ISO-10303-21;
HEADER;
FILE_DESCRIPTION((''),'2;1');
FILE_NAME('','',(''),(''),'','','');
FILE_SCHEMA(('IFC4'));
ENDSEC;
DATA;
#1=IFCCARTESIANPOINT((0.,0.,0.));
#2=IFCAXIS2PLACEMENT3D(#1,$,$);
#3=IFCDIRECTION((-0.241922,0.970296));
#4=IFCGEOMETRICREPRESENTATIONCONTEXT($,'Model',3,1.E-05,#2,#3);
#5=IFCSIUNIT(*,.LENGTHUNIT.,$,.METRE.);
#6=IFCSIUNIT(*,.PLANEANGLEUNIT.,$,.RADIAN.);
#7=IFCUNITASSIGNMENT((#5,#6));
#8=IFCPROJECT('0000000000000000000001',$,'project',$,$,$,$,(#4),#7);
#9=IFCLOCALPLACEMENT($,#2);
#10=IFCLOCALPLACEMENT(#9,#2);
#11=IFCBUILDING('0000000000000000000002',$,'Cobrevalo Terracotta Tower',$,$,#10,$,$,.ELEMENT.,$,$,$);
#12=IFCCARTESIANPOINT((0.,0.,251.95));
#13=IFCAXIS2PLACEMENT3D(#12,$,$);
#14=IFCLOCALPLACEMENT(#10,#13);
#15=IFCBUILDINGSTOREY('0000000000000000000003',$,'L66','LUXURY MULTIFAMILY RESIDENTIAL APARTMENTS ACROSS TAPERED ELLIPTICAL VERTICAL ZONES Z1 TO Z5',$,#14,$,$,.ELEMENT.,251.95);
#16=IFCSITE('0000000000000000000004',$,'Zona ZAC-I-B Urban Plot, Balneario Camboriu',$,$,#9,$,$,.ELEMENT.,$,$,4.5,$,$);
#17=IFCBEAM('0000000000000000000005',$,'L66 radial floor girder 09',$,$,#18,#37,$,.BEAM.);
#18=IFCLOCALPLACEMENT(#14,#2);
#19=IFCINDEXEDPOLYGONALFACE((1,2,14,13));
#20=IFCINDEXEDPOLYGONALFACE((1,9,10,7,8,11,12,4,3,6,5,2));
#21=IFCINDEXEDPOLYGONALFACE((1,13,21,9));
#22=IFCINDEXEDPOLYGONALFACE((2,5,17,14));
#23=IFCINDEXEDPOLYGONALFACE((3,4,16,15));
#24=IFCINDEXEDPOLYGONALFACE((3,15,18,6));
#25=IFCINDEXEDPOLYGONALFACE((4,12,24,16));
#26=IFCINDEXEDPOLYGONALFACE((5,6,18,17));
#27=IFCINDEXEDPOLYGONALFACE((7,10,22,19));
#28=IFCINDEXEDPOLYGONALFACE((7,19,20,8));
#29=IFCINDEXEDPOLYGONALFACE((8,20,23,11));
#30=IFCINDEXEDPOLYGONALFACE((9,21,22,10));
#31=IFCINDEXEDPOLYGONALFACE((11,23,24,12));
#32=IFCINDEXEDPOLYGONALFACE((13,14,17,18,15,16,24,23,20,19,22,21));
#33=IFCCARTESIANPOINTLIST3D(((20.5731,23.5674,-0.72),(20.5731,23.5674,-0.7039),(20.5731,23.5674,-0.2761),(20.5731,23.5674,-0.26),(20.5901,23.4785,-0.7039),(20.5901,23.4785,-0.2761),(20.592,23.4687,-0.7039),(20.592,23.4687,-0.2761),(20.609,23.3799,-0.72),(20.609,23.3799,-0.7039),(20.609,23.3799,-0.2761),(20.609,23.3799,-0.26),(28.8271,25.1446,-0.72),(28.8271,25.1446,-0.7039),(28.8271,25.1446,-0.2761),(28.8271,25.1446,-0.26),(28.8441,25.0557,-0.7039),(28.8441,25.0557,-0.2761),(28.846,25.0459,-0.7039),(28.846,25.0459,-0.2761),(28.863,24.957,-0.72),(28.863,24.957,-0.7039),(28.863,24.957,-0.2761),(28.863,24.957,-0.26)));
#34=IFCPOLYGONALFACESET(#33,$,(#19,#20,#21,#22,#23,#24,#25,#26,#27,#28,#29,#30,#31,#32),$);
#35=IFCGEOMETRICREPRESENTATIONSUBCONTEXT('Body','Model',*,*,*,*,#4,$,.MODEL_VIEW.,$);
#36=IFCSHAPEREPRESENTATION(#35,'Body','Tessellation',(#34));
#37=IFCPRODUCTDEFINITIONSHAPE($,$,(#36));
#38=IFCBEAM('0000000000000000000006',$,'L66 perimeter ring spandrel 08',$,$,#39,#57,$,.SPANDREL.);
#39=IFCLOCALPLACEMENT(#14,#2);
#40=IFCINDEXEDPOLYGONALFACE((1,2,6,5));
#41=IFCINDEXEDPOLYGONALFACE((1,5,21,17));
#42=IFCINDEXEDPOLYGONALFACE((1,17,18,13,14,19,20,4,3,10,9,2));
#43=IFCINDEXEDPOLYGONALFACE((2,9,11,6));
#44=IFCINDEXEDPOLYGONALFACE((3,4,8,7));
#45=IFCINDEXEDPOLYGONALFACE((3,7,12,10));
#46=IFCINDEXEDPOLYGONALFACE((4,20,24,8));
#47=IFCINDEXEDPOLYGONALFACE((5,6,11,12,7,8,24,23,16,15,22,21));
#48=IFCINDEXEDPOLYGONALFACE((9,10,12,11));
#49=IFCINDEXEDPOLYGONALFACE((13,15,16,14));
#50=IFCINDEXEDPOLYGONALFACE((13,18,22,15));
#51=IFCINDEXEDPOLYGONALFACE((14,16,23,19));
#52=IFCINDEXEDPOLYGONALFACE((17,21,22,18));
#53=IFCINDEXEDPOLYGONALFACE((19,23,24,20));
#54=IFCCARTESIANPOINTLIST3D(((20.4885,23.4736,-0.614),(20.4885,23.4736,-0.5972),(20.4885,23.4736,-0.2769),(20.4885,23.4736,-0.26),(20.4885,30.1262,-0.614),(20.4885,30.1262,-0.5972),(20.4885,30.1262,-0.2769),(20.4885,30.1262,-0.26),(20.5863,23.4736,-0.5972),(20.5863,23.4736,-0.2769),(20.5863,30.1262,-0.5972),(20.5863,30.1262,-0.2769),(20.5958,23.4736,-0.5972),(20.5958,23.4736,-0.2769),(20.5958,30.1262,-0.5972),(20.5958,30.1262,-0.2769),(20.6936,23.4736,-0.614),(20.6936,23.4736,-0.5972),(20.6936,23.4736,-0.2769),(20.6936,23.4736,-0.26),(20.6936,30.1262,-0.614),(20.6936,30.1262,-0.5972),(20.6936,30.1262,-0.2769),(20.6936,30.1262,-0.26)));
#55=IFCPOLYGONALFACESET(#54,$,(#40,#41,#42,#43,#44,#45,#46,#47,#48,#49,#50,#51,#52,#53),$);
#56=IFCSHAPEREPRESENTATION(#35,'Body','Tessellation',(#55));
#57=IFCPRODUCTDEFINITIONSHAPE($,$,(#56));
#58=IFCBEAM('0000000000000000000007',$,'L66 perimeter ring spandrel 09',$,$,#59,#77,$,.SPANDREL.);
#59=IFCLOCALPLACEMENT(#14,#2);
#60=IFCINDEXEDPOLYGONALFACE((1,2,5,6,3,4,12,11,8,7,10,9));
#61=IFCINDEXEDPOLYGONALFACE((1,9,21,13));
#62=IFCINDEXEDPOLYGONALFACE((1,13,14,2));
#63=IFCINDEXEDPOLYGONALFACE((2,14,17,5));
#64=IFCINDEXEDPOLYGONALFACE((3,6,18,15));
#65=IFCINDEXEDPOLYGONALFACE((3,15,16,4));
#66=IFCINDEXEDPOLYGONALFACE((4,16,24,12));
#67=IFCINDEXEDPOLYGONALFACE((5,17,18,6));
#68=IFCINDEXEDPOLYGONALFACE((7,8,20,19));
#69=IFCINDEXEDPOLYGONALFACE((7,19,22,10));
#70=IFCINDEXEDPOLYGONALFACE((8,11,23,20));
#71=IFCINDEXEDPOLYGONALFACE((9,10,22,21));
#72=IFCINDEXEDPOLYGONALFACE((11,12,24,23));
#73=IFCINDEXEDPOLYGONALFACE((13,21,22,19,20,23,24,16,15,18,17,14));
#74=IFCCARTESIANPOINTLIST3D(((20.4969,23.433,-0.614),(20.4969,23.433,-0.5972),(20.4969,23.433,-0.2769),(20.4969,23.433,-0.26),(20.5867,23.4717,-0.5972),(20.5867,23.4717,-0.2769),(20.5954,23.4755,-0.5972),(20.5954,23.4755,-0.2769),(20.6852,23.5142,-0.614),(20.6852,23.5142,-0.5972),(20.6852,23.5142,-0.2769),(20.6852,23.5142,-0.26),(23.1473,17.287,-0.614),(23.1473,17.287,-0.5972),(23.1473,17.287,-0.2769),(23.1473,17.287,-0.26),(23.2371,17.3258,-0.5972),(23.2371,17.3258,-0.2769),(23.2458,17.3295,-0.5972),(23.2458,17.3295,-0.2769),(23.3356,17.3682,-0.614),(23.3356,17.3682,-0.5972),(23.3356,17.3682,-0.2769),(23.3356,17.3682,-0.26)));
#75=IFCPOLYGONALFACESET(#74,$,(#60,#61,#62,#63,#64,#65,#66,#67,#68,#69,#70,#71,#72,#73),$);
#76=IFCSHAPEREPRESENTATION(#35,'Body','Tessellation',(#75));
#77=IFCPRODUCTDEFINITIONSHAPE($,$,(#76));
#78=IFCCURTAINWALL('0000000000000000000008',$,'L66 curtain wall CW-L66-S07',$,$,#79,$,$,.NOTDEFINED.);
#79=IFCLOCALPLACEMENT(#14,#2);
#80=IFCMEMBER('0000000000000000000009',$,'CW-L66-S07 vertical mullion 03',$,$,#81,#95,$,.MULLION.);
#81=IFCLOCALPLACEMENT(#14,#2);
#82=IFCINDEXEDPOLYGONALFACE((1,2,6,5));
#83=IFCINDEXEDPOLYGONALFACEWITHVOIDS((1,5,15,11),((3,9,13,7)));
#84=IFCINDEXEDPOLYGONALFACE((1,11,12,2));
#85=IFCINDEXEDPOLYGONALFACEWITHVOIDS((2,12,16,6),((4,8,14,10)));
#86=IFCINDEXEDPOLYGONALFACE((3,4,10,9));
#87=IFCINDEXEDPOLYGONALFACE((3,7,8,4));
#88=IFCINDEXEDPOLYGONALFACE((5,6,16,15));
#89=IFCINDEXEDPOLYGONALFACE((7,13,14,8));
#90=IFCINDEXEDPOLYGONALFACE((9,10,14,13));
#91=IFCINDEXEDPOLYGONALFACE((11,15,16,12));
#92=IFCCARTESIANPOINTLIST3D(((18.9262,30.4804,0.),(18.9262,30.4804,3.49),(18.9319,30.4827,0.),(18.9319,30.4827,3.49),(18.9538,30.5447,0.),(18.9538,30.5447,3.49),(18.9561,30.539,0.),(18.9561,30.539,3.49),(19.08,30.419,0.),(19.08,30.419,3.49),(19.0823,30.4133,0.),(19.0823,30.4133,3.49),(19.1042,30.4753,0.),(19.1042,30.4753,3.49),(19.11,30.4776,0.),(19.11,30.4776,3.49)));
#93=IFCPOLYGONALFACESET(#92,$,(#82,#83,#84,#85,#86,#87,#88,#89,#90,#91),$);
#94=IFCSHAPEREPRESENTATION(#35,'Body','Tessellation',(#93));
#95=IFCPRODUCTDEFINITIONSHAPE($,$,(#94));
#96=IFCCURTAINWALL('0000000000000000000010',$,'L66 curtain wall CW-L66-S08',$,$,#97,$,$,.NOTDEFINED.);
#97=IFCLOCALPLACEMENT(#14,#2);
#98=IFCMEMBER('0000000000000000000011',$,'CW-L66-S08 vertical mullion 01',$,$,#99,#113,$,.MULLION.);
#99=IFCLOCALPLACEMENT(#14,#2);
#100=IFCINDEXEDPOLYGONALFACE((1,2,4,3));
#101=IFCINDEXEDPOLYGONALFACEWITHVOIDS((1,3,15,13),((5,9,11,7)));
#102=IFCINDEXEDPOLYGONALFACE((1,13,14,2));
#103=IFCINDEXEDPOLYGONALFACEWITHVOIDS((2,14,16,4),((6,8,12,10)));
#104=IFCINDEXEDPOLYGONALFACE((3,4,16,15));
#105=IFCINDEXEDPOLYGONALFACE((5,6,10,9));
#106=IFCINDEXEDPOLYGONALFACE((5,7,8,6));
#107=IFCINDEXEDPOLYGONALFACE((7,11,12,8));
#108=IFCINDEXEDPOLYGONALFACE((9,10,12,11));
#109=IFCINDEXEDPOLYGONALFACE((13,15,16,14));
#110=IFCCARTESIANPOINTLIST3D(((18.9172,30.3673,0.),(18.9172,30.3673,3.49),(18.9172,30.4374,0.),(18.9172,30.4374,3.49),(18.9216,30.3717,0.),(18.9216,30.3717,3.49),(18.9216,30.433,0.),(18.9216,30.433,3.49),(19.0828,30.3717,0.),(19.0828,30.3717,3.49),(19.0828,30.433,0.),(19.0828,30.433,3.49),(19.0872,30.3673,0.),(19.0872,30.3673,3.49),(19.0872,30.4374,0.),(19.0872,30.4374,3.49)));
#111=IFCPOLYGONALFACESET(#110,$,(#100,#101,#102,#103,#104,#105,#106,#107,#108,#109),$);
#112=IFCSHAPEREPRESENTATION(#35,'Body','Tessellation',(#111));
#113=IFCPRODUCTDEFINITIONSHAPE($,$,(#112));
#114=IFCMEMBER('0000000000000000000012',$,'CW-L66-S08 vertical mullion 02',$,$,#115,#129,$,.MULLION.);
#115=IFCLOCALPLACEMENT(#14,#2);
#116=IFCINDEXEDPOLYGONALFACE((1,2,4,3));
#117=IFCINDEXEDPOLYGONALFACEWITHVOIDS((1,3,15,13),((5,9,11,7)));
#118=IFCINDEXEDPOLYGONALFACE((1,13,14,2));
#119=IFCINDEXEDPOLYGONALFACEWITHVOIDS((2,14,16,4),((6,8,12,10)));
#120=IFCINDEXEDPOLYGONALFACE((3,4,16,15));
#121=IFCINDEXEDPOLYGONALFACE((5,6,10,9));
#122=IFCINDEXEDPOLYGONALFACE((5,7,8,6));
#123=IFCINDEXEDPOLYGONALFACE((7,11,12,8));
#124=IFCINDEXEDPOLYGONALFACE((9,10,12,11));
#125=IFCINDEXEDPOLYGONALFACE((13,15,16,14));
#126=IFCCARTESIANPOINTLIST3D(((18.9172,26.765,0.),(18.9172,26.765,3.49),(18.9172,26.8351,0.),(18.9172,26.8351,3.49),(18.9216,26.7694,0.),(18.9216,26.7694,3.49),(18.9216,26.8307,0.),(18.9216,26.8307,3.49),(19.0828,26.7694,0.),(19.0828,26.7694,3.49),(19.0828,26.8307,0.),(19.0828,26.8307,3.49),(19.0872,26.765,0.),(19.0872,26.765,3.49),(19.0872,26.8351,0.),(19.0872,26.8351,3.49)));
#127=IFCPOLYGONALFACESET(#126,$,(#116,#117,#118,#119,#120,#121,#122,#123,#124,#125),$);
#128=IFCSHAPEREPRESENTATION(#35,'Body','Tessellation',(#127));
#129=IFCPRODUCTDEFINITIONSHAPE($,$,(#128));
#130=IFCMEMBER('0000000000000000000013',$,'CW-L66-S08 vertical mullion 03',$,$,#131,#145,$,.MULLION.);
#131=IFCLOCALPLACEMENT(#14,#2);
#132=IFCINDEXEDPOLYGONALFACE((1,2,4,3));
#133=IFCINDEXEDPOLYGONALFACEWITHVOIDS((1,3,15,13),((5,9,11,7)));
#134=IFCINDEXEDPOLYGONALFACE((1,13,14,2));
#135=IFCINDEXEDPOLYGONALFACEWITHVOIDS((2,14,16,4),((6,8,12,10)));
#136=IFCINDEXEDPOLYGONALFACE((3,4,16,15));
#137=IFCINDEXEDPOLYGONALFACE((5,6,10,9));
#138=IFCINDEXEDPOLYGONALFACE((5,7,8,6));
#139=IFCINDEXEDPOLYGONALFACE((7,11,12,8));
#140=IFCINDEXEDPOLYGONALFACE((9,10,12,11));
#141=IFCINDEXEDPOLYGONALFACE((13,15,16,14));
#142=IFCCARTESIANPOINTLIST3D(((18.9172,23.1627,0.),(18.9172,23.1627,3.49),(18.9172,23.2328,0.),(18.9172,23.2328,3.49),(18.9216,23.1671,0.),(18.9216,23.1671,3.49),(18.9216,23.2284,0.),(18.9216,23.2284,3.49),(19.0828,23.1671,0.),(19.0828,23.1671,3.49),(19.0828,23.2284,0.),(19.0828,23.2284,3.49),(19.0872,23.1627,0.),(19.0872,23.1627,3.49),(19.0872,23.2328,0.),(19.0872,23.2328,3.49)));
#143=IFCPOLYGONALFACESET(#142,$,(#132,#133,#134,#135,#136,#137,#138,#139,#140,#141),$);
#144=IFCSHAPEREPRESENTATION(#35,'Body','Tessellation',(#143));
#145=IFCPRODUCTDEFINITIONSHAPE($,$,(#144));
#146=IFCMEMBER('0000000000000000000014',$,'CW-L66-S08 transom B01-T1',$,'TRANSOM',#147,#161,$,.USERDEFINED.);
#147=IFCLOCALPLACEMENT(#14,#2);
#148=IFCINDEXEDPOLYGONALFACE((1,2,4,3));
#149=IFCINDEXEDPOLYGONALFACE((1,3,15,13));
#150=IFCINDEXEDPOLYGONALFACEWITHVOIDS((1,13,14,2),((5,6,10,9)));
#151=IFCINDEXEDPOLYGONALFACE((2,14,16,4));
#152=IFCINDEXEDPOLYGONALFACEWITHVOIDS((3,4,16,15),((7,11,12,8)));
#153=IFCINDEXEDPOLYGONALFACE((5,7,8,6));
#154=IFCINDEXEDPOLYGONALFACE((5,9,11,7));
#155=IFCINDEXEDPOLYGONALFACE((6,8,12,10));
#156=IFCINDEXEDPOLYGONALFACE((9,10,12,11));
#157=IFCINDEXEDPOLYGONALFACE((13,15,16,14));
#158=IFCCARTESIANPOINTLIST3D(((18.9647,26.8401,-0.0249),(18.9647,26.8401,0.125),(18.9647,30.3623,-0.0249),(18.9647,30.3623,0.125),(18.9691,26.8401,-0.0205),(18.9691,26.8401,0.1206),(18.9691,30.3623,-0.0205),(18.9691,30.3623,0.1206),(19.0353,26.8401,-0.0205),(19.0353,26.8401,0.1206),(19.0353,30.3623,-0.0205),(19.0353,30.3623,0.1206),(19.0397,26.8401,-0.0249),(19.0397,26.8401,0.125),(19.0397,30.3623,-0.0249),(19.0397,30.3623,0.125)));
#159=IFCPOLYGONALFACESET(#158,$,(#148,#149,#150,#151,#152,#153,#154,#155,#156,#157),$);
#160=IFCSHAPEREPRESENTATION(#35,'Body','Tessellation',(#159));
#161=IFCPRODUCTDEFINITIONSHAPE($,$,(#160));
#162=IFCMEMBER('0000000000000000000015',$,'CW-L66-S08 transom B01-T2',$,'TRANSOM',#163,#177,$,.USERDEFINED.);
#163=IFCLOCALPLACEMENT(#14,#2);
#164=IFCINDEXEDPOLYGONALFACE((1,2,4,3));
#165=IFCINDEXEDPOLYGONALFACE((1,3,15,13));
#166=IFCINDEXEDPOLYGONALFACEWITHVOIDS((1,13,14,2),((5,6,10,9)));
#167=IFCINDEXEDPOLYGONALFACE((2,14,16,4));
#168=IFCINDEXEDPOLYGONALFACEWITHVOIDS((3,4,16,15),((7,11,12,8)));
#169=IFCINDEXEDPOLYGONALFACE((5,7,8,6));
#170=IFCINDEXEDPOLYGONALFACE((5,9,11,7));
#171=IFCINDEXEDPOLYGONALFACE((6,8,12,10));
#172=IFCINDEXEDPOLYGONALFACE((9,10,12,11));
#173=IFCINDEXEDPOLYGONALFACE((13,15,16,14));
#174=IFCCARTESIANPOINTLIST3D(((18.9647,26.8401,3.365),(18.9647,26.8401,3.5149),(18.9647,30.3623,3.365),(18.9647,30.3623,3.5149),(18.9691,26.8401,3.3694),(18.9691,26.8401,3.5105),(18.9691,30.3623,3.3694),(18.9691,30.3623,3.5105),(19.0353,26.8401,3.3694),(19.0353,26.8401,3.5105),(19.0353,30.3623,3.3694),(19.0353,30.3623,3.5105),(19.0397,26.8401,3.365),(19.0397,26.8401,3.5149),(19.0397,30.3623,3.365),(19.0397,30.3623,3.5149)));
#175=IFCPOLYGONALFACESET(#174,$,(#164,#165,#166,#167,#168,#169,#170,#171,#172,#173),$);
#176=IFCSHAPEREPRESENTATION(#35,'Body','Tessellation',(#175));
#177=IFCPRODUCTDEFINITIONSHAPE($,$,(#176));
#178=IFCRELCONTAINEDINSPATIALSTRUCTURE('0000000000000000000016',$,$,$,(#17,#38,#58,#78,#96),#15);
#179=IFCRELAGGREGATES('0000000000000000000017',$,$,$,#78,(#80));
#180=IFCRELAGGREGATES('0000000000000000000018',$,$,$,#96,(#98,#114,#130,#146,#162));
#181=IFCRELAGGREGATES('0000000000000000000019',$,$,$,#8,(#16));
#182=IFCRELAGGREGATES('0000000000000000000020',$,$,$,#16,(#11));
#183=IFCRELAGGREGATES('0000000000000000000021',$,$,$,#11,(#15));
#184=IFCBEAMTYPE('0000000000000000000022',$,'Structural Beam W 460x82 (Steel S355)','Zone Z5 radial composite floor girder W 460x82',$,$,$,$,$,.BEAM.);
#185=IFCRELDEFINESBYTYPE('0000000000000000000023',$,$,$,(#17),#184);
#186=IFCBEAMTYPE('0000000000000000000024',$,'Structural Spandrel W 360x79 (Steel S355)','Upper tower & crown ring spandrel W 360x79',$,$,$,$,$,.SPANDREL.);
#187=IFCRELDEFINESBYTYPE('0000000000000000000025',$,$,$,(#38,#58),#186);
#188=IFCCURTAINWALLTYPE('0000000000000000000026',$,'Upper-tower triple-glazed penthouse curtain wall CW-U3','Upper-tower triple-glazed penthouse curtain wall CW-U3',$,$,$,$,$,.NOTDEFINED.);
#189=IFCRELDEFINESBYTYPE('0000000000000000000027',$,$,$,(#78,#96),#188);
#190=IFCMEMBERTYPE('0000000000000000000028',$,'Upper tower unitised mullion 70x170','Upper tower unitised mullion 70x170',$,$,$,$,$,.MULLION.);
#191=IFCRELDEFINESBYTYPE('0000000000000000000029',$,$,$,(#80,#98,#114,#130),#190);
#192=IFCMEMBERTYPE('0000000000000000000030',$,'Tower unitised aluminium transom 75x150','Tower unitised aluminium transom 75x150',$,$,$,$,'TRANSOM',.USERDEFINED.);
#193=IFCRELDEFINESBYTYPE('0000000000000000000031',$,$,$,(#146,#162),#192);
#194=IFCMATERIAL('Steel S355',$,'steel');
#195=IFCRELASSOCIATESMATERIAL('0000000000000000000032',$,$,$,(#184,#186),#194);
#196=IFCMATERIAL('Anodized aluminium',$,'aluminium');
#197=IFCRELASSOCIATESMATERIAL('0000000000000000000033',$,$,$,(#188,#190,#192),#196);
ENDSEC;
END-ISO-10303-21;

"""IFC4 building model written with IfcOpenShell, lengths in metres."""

from ifc_helpers import new_model, si_unit, direction, frame, origin, origin_2d, place, context, subcontext, project, spatial, hollow_rectangle, i_section, extrude, source, transform, mapped, material, material_profile, profile_set, type_object, element, aggregate, save


model = new_model("IFC4")

# Units and contexts
model_context = context("Model", 3, precision=1e-05, world=origin(), true_north=direction((-0.241922, 0.970296)))
body_context = subcontext(model_context, "Body", "Model", "MODEL_VIEW")
ifc_project = project(units=[si_unit("LENGTHUNIT", "METRE"), si_unit("PLANEANGLEUNIT", "RADIAN")], contexts=[model_context])

# Site, building, storey
site_placement = place(None, origin())
site = spatial("IfcSite", under=ifc_project, at=site_placement, Name="Zona ZAC-I-B Urban Plot, Balneario Camboriu", CompositionType="ELEMENT", RefElevation=4.5)
building_placement = place(site_placement, origin())
building = spatial("IfcBuilding", under=site, at=building_placement, Name="Cobrevalo Terracotta Tower", CompositionType="ELEMENT")
storey_placement = place(building_placement, frame((0.0, 0.0, 251.95)))
storey = spatial("IfcBuildingStorey", under=building, at=storey_placement, Name="L66", Description="LUXURY MULTIFAMILY RESIDENTIAL APARTMENTS ACROSS TAPERED ELLIPTICAL VERTICAL ZONES Z1 TO Z5", CompositionType="ELEMENT", Elevation=251.95)

# Shared definitions
ifc_material_1 = material(Name="Steel S355", Category="steel")

# Beams
ifc_material_profile_1 = material_profile(ifc_material_1, i_section(OverallWidth=0.1909, OverallDepth=0.46, WebThickness=0.01, FlangeThickness=0.0161, at=origin_2d()), Name="W 460x82")
ifc_profile_set_1 = profile_set([ifc_material_profile_1], Name="Steel S355")
beam_type_1 = type_object("IfcBeamType", Name="Structural Beam W 460x82 (Steel S355)", Description="Zone Z5 radial composite floor girder W 460x82", PredefinedType="BEAM", material=ifc_profile_set_1)
beam_1_placement = place(storey_placement, frame((20.5911, 23.4736, -0.49), z_axis=(0.98223, 0.187683, 0.0), x_axis=(-0.187683, 0.98223, 0.0)))
element("IfcBeam", 1, at=beam_1_placement, inside=storey, type_object=beam_type_1, Name="L66 radial floor girder 09", PredefinedType="BEAM", context=body_context, shape_type="SweptSolid", body=[
    extrude(i_section(OverallWidth=0.1909, OverallDepth=0.46, WebThickness=0.01, FlangeThickness=0.0161, at=origin_2d()), origin(), (0.0, 0.0, 1.0), 8.4033),
])
ifc_material_profile_2 = material_profile(ifc_material_1, i_section(OverallWidth=0.2051, OverallDepth=0.354, WebThickness=0.0095, FlangeThickness=0.0168, at=origin_2d()), Name="W 360x79")
ifc_profile_set_2 = profile_set([ifc_material_profile_2], Name="Steel S355")
beam_type_2 = type_object("IfcBeamType", Name="Structural Spandrel W 360x79 (Steel S355)", Description="Upper tower & crown ring spandrel W 360x79", PredefinedType="SPANDREL", material=ifc_profile_set_2)
beam_2_placement = place(storey_placement, frame((20.5911, 30.1262, -0.437), z_axis=(0.0, -1.0, 0.0), x_axis=(1.0, 0.0, 0.0)))
element("IfcBeam", 2, at=beam_2_placement, inside=storey, type_object=beam_type_2, Name="L66 perimeter ring spandrel 08", PredefinedType="SPANDREL", context=body_context, shape_type="SweptSolid", body=[
    extrude(i_section(OverallWidth=0.2051, OverallDepth=0.354, WebThickness=0.0095, FlangeThickness=0.0168, at=origin_2d()), origin(), (0.0, 0.0, 1.0), 6.6526),
])
beam_3_placement = place(storey_placement, frame((20.5911, 23.4736, -0.437), z_axis=(0.395987, -0.918256, 0.0), x_axis=(0.918256, 0.395987, 0.0)))
element("IfcBeam", 3, at=beam_3_placement, inside=storey, type_object=beam_type_2, Name="L66 perimeter ring spandrel 09", PredefinedType="SPANDREL", context=body_context, shape_type="SweptSolid", body=[
    extrude(i_section(OverallWidth=0.2051, OverallDepth=0.354, WebThickness=0.0095, FlangeThickness=0.0168, at=origin_2d()), origin(), (0.0, 0.0, 1.0), 6.6931),
])

# Curtain wall, member
ifc_material_2 = material(Name="Anodized aluminium", Category="aluminium")
curtain_wall_type = type_object("IfcCurtainWallType", Name="Upper-tower triple-glazed penthouse curtain wall CW-U3", Description="Upper-tower triple-glazed penthouse curtain wall CW-U3", PredefinedType="NOTDEFINED", material=ifc_material_2)
curtain_wall_1_placement = place(storey_placement, origin())
curtain_wall_1 = element("IfcCurtainWall", 4, at=curtain_wall_1_placement, inside=storey, type_object=curtain_wall_type, Name="L66 curtain wall CW-L66-S07", PredefinedType="NOTDEFINED")
ifc_material_profile_3 = material_profile(ifc_material_2, hollow_rectangle(XDim=0.0701, YDim=0.1699, WallThickness=0.0044, at=origin_2d()), Name="CWM 70x170")
ifc_profile_set_3 = profile_set([ifc_material_profile_3], Name="Anodized aluminium")
member_type_1 = type_object("IfcMemberType", Name="Upper tower unitised mullion 70x170", Description="Upper tower unitised mullion 70x170", PredefinedType="MULLION", material=ifc_profile_set_3)
shared_shape_1 = source(origin(), body_context, "Body", "SweptSolid", [
    extrude(hollow_rectangle(XDim=0.0701, YDim=0.1699, WallThickness=0.0044, at=origin_2d()), origin(), (0.0, 0.0, 1.0), 3.49),
])
member_1_placement = place(storey_placement, frame((19.0181, 30.479, 0.0), z_axis=(0.0, 0.0, 1.0), x_axis=(-0.394824, -0.918757, 0.0)))
member_1 = element("IfcMember", 5, at=member_1_placement, type_object=member_type_1, Name="CW-L66-S07 vertical mullion 03", PredefinedType="MULLION", context=body_context, shape_type="MappedRepresentation", body=[
    mapped(shared_shape_1, transform((0.0, 0.0, 0.0), scale=1.0)),
])
aggregate(curtain_wall_1, [member_1])

# Curtain wall, members
curtain_wall_2_placement = place(storey_placement, origin())
curtain_wall_2 = element("IfcCurtainWall", 6, at=curtain_wall_2_placement, inside=storey, type_object=curtain_wall_type, Name="L66 curtain wall CW-L66-S08", PredefinedType="NOTDEFINED")
member_2_placement = place(storey_placement, frame((19.0022, 30.4023, 0.0), z_axis=(0.0, 0.0, 1.0), x_axis=(0.0, -1.0, 0.0)))
member_2 = element("IfcMember", 7, at=member_2_placement, type_object=member_type_1, Name="CW-L66-S08 vertical mullion 01", PredefinedType="MULLION", context=body_context, shape_type="MappedRepresentation", body=[
    mapped(shared_shape_1, transform((0.0, 0.0, 0.0), scale=1.0)),
])
member_3_placement = place(storey_placement, frame((19.0022, 26.8, 0.0), z_axis=(0.0, 0.0, 1.0), x_axis=(0.0, -1.0, 0.0)))
member_3 = element("IfcMember", 8, at=member_3_placement, type_object=member_type_1, Name="CW-L66-S08 vertical mullion 02", PredefinedType="MULLION", context=body_context, shape_type="MappedRepresentation", body=[
    mapped(shared_shape_1, transform((0.0, 0.0, 0.0), scale=1.0)),
])
member_4_placement = place(storey_placement, frame((19.0022, 23.1978, 0.0), z_axis=(0.0, 0.0, 1.0), x_axis=(0.0, -1.0, 0.0)))
member_4 = element("IfcMember", 9, at=member_4_placement, type_object=member_type_1, Name="CW-L66-S08 vertical mullion 03", PredefinedType="MULLION", context=body_context, shape_type="MappedRepresentation", body=[
    mapped(shared_shape_1, transform((0.0, 0.0, 0.0), scale=1.0)),
])
ifc_material_profile_4 = material_profile(ifc_material_2, hollow_rectangle(XDim=0.075, YDim=0.1499, WallThickness=0.0044, at=origin_2d()), Name="CWT 75x150")
ifc_profile_set_4 = profile_set([ifc_material_profile_4], Name="Anodized aluminium")
member_type_2 = type_object("IfcMemberType", Name="Tower unitised aluminium transom 75x150", Description="Tower unitised aluminium transom 75x150", ElementType="TRANSOM", PredefinedType="USERDEFINED", material=ifc_profile_set_4)
shared_shape_2 = source(origin(), body_context, "Body", "SweptSolid", [
    extrude(hollow_rectangle(XDim=0.075, YDim=0.1499, WallThickness=0.0044, at=origin_2d()), origin(), (0.0, 0.0, 1.0), 3.5222),
])
member_5_placement = place(storey_placement, frame((19.0022, 30.3623, 0.05), z_axis=(0.0, -1.0, 0.0), x_axis=(1.0, 0.0, 0.0)))
member_5 = element("IfcMember", 10, at=member_5_placement, type_object=member_type_2, Name="CW-L66-S08 transom B01-T1", ObjectType="TRANSOM", PredefinedType="USERDEFINED", context=body_context, shape_type="MappedRepresentation", body=[
    mapped(shared_shape_2, transform((0.0, 0.0, 0.0), scale=1.0)),
])
member_6_placement = place(storey_placement, frame((19.0022, 30.3623, 3.4399), z_axis=(0.0, -1.0, 0.0), x_axis=(1.0, 0.0, 0.0)))
member_6 = element("IfcMember", 11, at=member_6_placement, type_object=member_type_2, Name="CW-L66-S08 transom B01-T2", ObjectType="TRANSOM", PredefinedType="USERDEFINED", context=body_context, shape_type="MappedRepresentation", body=[
    mapped(shared_shape_2, transform((0.0, 0.0, 0.0), scale=1.0)),
])
aggregate(curtain_wall_2, [member_2, member_3, member_4, member_5, member_6])

save(model, "model.ifc")
